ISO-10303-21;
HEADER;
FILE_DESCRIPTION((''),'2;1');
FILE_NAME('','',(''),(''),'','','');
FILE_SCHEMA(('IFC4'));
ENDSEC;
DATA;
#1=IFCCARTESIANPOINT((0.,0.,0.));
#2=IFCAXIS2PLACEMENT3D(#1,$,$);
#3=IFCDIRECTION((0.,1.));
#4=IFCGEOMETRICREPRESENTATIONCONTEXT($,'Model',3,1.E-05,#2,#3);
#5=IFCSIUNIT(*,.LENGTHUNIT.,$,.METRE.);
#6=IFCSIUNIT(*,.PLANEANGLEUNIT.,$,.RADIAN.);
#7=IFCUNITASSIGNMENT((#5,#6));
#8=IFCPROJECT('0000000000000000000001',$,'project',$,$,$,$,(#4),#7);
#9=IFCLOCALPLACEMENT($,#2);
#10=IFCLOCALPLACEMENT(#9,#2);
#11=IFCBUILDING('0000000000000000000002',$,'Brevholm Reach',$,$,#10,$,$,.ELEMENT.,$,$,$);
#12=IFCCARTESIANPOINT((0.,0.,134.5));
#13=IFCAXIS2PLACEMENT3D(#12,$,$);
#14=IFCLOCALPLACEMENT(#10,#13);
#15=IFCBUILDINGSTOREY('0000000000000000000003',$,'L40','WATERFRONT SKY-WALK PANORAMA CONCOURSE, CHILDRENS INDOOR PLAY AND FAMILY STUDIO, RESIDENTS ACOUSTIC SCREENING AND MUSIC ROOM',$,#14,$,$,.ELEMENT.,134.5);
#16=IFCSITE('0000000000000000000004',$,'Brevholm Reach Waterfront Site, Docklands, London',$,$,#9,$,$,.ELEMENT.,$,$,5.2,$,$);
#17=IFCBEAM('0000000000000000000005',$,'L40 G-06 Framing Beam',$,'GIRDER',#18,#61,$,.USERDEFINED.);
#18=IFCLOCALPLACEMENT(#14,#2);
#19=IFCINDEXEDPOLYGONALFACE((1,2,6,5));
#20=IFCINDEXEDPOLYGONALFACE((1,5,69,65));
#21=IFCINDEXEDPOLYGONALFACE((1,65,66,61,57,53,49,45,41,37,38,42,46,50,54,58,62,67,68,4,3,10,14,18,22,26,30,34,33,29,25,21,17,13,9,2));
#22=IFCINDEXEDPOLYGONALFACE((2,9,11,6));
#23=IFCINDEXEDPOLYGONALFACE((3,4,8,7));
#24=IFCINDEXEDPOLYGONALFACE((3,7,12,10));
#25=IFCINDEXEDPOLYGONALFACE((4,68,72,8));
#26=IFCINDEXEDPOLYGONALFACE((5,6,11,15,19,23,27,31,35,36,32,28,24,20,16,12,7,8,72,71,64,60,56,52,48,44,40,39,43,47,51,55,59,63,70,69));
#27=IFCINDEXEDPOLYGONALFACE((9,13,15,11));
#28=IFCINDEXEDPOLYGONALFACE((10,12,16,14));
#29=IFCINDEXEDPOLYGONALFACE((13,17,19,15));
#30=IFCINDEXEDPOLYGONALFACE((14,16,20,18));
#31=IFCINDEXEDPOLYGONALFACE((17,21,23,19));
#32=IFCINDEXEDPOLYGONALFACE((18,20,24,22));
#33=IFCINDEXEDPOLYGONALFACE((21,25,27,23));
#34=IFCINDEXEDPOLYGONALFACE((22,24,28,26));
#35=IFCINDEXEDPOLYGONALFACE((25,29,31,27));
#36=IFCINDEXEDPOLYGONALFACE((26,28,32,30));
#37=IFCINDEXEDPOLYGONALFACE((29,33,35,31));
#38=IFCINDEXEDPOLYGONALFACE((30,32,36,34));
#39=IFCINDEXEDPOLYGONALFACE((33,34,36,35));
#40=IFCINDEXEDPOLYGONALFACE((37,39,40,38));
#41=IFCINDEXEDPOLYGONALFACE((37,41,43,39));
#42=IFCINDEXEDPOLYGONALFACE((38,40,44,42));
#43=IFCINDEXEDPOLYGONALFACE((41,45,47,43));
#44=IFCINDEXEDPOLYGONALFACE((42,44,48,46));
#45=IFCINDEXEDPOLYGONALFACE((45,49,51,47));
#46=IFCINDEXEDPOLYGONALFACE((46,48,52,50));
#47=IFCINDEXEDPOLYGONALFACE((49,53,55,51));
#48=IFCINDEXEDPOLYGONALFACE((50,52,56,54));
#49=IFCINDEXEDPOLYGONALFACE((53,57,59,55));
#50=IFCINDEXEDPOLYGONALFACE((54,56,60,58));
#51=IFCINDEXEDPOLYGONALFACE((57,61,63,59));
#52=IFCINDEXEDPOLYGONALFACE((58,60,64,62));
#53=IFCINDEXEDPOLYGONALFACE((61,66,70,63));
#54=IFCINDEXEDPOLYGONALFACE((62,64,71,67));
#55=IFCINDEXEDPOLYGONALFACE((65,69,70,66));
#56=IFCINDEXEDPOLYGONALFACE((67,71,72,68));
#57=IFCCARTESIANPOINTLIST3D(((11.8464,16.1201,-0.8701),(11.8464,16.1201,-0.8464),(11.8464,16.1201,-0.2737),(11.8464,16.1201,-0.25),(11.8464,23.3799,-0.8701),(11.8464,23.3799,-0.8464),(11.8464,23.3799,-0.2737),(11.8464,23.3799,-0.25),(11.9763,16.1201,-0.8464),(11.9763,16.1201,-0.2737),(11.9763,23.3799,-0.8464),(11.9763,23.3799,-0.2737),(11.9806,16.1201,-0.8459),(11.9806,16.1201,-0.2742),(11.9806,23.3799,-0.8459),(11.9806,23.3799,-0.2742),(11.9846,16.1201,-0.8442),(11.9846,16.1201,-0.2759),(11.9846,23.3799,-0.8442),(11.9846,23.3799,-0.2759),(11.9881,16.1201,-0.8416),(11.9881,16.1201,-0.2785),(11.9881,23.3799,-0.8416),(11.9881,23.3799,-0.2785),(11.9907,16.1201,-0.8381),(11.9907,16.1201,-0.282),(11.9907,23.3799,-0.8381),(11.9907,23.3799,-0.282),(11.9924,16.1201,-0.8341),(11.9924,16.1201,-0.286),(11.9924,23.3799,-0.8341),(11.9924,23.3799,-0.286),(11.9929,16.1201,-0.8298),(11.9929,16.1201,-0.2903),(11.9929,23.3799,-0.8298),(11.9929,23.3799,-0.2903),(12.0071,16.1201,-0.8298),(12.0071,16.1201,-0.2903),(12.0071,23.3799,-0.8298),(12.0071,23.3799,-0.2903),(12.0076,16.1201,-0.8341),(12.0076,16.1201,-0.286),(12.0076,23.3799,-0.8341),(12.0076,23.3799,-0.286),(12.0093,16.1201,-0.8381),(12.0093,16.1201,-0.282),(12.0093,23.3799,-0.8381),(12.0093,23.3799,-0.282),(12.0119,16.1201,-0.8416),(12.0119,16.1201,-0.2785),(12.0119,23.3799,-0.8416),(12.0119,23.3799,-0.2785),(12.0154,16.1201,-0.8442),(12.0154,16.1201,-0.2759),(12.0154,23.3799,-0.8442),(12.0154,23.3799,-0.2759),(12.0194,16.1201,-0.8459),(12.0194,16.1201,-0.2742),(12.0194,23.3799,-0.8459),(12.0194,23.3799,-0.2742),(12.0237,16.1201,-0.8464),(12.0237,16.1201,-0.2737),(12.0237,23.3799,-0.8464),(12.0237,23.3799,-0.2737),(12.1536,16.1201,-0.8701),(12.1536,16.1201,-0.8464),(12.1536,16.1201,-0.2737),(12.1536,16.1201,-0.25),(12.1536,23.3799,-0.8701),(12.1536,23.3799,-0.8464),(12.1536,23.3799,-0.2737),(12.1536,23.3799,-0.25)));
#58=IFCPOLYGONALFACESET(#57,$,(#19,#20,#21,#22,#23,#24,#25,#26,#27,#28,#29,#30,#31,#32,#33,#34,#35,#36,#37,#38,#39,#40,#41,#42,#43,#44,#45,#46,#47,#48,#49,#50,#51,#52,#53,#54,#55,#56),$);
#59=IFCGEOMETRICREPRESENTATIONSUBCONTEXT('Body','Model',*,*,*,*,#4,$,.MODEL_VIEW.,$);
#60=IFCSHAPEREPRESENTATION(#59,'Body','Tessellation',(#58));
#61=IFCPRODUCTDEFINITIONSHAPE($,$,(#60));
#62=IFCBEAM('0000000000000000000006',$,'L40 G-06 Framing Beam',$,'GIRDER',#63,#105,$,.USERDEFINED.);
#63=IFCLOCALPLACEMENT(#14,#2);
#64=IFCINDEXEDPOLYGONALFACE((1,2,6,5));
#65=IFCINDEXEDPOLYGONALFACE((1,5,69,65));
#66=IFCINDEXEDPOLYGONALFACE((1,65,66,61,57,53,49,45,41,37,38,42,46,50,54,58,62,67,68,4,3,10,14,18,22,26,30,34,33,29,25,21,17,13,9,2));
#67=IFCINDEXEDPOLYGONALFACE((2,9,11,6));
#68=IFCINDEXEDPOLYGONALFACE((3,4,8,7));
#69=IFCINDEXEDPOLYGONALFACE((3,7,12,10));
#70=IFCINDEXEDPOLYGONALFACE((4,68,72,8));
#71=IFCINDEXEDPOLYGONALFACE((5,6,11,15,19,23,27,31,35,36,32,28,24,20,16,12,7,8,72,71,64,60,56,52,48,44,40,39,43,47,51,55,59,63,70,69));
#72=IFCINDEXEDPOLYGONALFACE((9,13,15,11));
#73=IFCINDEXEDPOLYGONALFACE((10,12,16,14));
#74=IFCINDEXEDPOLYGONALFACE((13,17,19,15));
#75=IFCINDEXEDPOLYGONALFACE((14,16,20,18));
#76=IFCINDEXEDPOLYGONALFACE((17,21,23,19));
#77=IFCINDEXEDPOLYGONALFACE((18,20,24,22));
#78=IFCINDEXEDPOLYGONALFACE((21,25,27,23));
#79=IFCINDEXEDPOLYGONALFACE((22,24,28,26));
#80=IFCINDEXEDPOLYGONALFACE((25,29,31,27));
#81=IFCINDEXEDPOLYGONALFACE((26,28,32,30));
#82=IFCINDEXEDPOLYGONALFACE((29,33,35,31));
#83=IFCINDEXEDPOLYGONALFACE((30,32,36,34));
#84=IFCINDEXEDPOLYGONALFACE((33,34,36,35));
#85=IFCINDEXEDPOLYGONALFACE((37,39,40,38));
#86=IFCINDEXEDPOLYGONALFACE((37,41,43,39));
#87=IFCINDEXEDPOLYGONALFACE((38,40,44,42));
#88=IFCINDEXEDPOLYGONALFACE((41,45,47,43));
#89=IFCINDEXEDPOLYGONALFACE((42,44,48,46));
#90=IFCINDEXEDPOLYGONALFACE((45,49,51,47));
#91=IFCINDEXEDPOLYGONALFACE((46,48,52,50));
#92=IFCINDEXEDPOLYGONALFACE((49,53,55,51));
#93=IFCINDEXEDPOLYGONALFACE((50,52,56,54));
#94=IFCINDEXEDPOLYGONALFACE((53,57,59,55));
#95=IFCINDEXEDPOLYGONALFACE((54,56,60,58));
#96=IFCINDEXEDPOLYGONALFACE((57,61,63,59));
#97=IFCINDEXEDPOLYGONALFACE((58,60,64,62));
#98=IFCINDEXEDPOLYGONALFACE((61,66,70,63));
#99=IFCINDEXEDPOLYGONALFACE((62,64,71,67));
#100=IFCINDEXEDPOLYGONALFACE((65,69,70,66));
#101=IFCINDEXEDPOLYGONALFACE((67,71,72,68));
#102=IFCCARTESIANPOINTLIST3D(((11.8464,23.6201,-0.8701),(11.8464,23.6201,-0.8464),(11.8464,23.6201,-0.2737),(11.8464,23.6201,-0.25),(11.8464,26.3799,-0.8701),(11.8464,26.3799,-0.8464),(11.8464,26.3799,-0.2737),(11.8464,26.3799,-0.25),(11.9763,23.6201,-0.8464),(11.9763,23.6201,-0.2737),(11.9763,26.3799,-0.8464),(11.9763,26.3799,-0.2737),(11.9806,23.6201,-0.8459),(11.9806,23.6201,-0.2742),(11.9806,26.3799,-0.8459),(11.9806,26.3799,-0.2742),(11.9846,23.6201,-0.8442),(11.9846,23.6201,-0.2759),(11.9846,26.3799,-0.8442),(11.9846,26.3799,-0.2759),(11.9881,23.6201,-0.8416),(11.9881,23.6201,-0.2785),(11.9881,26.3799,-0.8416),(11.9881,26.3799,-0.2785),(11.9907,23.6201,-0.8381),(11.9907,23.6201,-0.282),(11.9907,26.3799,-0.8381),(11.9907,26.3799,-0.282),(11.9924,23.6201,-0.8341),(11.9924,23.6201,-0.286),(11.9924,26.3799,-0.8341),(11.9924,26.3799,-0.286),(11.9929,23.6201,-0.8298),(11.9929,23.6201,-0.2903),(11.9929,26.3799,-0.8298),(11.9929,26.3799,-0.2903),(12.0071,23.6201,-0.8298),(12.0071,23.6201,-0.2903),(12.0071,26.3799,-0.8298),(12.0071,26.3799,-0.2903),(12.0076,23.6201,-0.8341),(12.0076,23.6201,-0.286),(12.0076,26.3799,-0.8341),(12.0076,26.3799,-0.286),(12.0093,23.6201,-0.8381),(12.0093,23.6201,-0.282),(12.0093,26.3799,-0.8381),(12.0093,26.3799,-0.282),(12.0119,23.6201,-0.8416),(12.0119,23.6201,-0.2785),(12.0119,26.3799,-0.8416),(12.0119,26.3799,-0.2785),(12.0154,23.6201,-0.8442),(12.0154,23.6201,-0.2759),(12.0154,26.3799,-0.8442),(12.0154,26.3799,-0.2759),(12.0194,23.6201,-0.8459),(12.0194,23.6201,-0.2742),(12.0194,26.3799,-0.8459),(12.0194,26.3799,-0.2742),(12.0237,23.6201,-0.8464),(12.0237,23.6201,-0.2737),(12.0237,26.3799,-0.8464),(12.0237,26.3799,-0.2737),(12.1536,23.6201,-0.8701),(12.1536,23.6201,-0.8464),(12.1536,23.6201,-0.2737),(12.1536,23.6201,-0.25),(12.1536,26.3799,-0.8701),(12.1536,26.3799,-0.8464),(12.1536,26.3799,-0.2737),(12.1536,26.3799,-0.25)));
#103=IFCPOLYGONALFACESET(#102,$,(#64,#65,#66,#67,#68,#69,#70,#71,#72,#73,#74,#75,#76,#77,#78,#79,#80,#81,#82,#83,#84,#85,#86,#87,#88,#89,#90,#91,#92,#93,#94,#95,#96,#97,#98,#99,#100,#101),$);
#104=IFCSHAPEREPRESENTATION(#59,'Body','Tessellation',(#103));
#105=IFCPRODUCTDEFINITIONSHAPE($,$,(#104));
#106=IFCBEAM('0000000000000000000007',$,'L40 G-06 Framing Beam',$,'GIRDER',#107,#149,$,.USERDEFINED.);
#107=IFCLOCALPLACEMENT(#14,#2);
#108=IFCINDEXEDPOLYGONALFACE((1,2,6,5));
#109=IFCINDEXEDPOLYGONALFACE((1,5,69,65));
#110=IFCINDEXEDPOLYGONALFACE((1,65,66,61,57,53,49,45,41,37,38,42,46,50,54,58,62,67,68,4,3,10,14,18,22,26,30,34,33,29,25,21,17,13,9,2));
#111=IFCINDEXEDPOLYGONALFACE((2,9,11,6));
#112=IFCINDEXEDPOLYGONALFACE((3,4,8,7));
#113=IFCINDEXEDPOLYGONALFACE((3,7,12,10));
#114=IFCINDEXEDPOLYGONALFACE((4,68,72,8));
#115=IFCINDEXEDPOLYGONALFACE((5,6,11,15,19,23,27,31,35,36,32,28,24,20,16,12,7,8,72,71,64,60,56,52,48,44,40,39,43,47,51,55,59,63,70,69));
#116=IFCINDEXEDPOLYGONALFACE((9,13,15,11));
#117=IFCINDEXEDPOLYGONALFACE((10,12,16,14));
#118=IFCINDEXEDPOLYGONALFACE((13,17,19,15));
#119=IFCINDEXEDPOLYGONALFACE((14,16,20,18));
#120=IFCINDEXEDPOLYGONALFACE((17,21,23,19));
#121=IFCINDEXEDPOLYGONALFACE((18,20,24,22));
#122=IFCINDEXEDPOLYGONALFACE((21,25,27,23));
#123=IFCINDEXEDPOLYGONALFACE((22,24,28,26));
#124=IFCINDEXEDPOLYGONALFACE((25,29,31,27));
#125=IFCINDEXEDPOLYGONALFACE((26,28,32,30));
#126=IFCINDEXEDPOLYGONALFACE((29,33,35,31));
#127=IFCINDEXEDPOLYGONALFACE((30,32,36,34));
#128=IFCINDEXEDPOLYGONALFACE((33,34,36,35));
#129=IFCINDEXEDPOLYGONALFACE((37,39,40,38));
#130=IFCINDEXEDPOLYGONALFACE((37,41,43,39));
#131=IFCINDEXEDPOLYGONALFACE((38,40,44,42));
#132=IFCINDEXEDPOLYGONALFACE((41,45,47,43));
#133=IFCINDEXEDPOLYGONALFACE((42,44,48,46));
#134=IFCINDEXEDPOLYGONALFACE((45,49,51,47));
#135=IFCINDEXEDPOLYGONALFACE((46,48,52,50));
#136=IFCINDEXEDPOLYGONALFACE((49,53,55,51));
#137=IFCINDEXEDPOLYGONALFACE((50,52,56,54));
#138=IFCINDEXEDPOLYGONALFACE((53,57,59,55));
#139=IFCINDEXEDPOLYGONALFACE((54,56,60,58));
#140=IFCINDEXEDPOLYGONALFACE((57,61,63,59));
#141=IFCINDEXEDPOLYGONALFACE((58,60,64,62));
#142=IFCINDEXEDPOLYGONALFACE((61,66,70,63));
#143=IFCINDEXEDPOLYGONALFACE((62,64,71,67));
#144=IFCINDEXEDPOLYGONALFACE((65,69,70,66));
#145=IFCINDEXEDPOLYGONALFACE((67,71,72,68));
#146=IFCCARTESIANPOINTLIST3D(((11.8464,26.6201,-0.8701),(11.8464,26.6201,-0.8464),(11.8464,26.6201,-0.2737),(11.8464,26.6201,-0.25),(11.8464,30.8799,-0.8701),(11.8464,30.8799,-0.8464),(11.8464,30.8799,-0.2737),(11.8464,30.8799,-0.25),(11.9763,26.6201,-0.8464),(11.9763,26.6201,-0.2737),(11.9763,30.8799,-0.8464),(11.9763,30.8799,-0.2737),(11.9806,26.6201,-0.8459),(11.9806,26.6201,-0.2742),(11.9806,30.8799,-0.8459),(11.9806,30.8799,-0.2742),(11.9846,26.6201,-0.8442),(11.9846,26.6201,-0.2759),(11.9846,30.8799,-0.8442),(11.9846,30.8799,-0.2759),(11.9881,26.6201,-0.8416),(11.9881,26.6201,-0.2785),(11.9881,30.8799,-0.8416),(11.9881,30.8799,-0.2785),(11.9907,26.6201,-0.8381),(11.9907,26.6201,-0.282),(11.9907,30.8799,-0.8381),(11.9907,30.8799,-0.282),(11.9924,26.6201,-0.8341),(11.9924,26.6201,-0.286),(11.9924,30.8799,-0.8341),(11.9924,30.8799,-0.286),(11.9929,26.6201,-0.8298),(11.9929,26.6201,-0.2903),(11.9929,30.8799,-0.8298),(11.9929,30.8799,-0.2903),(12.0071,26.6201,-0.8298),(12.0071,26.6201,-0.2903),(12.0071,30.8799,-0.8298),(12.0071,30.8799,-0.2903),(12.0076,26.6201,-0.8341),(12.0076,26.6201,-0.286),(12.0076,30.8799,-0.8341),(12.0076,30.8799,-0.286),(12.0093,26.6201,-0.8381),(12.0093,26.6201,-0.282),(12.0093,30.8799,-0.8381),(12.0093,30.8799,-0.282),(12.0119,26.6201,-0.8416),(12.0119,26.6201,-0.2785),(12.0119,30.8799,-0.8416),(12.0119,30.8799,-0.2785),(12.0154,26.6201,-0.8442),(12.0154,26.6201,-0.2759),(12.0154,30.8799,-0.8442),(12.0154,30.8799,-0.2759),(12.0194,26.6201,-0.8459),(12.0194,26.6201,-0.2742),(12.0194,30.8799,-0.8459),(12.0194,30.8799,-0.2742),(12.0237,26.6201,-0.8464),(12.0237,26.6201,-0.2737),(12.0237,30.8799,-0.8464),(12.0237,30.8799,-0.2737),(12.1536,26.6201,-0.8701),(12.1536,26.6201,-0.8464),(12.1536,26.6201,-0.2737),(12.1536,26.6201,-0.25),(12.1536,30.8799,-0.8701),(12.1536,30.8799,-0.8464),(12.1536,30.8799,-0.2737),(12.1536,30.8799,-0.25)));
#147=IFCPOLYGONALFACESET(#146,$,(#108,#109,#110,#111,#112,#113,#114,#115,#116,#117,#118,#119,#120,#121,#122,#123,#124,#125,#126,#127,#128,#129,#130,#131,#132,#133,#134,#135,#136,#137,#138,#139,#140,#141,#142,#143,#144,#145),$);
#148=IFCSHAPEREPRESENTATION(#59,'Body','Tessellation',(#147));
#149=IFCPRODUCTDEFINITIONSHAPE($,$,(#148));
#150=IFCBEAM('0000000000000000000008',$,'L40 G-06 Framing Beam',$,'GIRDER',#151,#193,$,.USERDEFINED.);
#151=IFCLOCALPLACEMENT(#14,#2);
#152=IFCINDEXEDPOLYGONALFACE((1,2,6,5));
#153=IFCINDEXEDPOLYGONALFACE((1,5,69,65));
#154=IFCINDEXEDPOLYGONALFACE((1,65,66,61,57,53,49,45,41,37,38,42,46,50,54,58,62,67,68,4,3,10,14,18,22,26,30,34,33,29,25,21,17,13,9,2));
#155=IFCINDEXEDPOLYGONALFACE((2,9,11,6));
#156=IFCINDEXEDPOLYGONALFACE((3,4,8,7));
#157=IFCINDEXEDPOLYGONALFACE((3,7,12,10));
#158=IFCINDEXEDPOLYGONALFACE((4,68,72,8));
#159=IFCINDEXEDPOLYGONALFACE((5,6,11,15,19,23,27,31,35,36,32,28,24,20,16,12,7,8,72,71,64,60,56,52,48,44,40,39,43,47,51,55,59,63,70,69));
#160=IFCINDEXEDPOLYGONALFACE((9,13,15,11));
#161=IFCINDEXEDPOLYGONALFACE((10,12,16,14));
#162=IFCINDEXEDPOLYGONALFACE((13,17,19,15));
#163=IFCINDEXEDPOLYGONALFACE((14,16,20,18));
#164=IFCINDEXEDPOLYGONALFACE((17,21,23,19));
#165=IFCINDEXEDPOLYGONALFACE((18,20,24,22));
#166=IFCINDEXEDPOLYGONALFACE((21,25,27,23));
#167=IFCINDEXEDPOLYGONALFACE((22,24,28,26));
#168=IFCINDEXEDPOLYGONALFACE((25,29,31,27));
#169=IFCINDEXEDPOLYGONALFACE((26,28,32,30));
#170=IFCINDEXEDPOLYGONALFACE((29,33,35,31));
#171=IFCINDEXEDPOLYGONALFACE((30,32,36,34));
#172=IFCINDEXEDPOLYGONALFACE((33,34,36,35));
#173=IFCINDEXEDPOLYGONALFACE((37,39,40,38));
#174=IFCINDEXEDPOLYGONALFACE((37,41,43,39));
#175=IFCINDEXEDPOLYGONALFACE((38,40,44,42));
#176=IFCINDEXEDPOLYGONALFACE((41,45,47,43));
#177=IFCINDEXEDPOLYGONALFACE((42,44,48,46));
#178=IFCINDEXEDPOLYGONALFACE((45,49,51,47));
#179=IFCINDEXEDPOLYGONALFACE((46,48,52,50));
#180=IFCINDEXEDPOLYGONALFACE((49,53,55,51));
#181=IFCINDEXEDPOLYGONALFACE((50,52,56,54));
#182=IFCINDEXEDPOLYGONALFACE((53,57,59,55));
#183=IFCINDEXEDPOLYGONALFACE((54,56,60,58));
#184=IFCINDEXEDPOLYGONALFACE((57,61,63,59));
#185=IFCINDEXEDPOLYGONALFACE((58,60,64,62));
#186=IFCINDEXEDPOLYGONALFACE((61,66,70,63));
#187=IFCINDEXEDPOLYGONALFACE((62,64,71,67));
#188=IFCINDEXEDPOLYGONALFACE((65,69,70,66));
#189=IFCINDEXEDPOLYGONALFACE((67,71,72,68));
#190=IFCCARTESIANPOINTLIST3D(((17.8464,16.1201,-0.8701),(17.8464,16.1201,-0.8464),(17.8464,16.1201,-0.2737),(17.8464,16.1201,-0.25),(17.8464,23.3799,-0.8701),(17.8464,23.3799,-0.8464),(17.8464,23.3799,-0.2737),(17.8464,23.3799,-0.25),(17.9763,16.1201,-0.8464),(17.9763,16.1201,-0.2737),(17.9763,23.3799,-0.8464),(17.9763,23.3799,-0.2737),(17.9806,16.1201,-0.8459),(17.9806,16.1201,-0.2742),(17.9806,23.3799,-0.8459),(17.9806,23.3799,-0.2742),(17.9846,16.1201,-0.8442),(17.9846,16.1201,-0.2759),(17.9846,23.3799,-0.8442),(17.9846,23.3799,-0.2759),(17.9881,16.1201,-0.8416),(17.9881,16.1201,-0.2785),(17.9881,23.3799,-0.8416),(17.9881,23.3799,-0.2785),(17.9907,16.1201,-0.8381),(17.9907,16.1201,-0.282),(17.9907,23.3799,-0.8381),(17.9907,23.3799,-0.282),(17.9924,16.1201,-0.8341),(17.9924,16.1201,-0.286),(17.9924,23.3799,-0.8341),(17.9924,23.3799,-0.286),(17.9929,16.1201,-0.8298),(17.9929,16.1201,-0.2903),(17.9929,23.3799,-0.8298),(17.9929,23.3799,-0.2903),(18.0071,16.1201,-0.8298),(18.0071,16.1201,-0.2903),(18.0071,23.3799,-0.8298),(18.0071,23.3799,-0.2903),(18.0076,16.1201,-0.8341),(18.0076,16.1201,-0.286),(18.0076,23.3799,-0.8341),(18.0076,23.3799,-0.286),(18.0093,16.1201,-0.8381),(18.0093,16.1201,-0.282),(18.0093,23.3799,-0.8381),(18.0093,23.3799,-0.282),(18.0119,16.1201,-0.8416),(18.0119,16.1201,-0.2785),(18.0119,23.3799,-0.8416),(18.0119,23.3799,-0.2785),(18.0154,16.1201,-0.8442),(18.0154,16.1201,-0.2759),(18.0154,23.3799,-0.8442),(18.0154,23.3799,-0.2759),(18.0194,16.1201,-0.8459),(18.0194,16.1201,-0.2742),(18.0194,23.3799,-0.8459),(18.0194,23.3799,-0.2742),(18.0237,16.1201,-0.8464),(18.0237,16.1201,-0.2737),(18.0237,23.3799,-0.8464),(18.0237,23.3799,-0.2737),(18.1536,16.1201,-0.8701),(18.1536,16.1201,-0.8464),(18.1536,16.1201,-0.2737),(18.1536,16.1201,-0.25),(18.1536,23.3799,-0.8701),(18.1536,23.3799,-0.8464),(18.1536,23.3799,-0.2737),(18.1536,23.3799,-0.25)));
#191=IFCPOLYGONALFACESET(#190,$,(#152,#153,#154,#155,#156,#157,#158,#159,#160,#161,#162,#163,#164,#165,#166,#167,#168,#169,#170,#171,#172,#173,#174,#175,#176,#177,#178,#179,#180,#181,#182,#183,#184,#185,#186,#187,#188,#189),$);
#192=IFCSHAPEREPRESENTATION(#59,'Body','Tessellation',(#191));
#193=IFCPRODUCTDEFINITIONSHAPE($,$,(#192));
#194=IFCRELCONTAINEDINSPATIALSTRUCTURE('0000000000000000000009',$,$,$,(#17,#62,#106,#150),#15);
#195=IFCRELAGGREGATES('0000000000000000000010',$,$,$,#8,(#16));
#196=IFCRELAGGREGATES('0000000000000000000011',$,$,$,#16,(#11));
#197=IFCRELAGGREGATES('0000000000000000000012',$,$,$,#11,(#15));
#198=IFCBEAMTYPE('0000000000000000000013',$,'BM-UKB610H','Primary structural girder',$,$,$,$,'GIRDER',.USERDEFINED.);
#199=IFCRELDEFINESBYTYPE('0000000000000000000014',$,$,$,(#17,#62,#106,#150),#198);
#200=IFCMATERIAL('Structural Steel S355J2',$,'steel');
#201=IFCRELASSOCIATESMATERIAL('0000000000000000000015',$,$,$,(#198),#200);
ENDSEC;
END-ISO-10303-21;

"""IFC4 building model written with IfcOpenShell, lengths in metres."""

from ifc_helpers import new_model, si_unit, direction, frame, origin, origin_2d, place, context, subcontext, project, spatial, i_section, extrude, material, material_profile, profile_set, type_object, element, save


model = new_model("IFC4")

# Units and contexts
model_context = context("Model", 3, precision=1e-05, world=origin(), true_north=direction((0.0, 1.0)))
body_context = subcontext(model_context, "Body", "Model", "MODEL_VIEW")
ifc_project = project(units=[si_unit("LENGTHUNIT", "METRE"), si_unit("PLANEANGLEUNIT", "RADIAN")], contexts=[model_context])

# Site, building, storey
site_placement = place(None, origin())
site = spatial("IfcSite", under=ifc_project, at=site_placement, Name="Brevholm Reach Waterfront Site, Docklands, London", CompositionType="ELEMENT", RefElevation=5.2)
building_placement = place(site_placement, origin())
building = spatial("IfcBuilding", under=site, at=building_placement, Name="Brevholm Reach", CompositionType="ELEMENT")
storey_placement = place(building_placement, frame((0.0, 0.0, 134.5)))
storey = spatial("IfcBuildingStorey", under=building, at=storey_placement, Name="L40", Description="WATERFRONT SKY-WALK PANORAMA CONCOURSE, CHILDRENS INDOOR PLAY AND FAMILY STUDIO, RESIDENTS ACOUSTIC SCREENING AND MUSIC ROOM", CompositionType="ELEMENT", Elevation=134.5)

# Beams
ifc_material_1 = material(Name="Structural Steel S355J2", Category="steel")
ifc_material_profile_1 = material_profile(ifc_material_1, i_section(OverallWidth=0.3071, OverallDepth=0.6201, WebThickness=0.0142, FlangeThickness=0.0237, FilletRadius=0.0166, at=origin_2d()), Name="UKB 610x305x179")
ifc_profile_set_1 = profile_set([ifc_material_profile_1], Name="Structural Steel S355J2")
beam_type_1 = type_object("IfcBeamType", Name="BM-UKB610H", Description="Primary structural girder", ElementType="GIRDER", PredefinedType="USERDEFINED", material=ifc_profile_set_1)
beam_1_placement = place(storey_placement, frame((12.0, 16.1201, -0.5601), z_axis=(0.0, 1.0, 0.0), x_axis=(-1.0, 0.0, 0.0)))
element("IfcBeam", 1, at=beam_1_placement, inside=storey, type_object=beam_type_1, Name="L40 G-06 Framing Beam", ObjectType="GIRDER", PredefinedType="USERDEFINED", context=body_context, shape_type="SweptSolid", body=[
    extrude(i_section(OverallWidth=0.3071, OverallDepth=0.6201, WebThickness=0.0142, FlangeThickness=0.0237, FilletRadius=0.0166, at=origin_2d()), origin(), (0.0, 0.0, 1.0), 7.2598),
])
beam_2_placement = place(storey_placement, frame((12.0, 23.6201, -0.5601), z_axis=(0.0, 1.0, 0.0), x_axis=(-1.0, 0.0, 0.0)))
element("IfcBeam", 2, at=beam_2_placement, inside=storey, type_object=beam_type_1, Name="L40 G-06 Framing Beam", ObjectType="GIRDER", PredefinedType="USERDEFINED", context=body_context, shape_type="SweptSolid", body=[
    extrude(i_section(OverallWidth=0.3071, OverallDepth=0.6201, WebThickness=0.0142, FlangeThickness=0.0237, FilletRadius=0.0166, at=origin_2d()), origin(), (0.0, 0.0, 1.0), 2.7598),
])
beam_3_placement = place(storey_placement, frame((12.0, 26.6201, -0.5601), z_axis=(0.0, 1.0, 0.0), x_axis=(-1.0, 0.0, 0.0)))
element("IfcBeam", 3, at=beam_3_placement, inside=storey, type_object=beam_type_1, Name="L40 G-06 Framing Beam", ObjectType="GIRDER", PredefinedType="USERDEFINED", context=body_context, shape_type="SweptSolid", body=[
    extrude(i_section(OverallWidth=0.3071, OverallDepth=0.6201, WebThickness=0.0142, FlangeThickness=0.0237, FilletRadius=0.0166, at=origin_2d()), origin(), (0.0, 0.0, 1.0), 4.2598),
])
beam_4_placement = place(storey_placement, frame((18.0, 16.1201, -0.5601), z_axis=(0.0, 1.0, 0.0), x_axis=(-1.0, 0.0, 0.0)))
element("IfcBeam", 4, at=beam_4_placement, inside=storey, type_object=beam_type_1, Name="L40 G-06 Framing Beam", ObjectType="GIRDER", PredefinedType="USERDEFINED", context=body_context, shape_type="SweptSolid", body=[
    extrude(i_section(OverallWidth=0.3071, OverallDepth=0.6201, WebThickness=0.0142, FlangeThickness=0.0237, FilletRadius=0.0166, at=origin_2d()), origin(), (0.0, 0.0, 1.0), 7.2598),
])

save(model, "model.ifc")
